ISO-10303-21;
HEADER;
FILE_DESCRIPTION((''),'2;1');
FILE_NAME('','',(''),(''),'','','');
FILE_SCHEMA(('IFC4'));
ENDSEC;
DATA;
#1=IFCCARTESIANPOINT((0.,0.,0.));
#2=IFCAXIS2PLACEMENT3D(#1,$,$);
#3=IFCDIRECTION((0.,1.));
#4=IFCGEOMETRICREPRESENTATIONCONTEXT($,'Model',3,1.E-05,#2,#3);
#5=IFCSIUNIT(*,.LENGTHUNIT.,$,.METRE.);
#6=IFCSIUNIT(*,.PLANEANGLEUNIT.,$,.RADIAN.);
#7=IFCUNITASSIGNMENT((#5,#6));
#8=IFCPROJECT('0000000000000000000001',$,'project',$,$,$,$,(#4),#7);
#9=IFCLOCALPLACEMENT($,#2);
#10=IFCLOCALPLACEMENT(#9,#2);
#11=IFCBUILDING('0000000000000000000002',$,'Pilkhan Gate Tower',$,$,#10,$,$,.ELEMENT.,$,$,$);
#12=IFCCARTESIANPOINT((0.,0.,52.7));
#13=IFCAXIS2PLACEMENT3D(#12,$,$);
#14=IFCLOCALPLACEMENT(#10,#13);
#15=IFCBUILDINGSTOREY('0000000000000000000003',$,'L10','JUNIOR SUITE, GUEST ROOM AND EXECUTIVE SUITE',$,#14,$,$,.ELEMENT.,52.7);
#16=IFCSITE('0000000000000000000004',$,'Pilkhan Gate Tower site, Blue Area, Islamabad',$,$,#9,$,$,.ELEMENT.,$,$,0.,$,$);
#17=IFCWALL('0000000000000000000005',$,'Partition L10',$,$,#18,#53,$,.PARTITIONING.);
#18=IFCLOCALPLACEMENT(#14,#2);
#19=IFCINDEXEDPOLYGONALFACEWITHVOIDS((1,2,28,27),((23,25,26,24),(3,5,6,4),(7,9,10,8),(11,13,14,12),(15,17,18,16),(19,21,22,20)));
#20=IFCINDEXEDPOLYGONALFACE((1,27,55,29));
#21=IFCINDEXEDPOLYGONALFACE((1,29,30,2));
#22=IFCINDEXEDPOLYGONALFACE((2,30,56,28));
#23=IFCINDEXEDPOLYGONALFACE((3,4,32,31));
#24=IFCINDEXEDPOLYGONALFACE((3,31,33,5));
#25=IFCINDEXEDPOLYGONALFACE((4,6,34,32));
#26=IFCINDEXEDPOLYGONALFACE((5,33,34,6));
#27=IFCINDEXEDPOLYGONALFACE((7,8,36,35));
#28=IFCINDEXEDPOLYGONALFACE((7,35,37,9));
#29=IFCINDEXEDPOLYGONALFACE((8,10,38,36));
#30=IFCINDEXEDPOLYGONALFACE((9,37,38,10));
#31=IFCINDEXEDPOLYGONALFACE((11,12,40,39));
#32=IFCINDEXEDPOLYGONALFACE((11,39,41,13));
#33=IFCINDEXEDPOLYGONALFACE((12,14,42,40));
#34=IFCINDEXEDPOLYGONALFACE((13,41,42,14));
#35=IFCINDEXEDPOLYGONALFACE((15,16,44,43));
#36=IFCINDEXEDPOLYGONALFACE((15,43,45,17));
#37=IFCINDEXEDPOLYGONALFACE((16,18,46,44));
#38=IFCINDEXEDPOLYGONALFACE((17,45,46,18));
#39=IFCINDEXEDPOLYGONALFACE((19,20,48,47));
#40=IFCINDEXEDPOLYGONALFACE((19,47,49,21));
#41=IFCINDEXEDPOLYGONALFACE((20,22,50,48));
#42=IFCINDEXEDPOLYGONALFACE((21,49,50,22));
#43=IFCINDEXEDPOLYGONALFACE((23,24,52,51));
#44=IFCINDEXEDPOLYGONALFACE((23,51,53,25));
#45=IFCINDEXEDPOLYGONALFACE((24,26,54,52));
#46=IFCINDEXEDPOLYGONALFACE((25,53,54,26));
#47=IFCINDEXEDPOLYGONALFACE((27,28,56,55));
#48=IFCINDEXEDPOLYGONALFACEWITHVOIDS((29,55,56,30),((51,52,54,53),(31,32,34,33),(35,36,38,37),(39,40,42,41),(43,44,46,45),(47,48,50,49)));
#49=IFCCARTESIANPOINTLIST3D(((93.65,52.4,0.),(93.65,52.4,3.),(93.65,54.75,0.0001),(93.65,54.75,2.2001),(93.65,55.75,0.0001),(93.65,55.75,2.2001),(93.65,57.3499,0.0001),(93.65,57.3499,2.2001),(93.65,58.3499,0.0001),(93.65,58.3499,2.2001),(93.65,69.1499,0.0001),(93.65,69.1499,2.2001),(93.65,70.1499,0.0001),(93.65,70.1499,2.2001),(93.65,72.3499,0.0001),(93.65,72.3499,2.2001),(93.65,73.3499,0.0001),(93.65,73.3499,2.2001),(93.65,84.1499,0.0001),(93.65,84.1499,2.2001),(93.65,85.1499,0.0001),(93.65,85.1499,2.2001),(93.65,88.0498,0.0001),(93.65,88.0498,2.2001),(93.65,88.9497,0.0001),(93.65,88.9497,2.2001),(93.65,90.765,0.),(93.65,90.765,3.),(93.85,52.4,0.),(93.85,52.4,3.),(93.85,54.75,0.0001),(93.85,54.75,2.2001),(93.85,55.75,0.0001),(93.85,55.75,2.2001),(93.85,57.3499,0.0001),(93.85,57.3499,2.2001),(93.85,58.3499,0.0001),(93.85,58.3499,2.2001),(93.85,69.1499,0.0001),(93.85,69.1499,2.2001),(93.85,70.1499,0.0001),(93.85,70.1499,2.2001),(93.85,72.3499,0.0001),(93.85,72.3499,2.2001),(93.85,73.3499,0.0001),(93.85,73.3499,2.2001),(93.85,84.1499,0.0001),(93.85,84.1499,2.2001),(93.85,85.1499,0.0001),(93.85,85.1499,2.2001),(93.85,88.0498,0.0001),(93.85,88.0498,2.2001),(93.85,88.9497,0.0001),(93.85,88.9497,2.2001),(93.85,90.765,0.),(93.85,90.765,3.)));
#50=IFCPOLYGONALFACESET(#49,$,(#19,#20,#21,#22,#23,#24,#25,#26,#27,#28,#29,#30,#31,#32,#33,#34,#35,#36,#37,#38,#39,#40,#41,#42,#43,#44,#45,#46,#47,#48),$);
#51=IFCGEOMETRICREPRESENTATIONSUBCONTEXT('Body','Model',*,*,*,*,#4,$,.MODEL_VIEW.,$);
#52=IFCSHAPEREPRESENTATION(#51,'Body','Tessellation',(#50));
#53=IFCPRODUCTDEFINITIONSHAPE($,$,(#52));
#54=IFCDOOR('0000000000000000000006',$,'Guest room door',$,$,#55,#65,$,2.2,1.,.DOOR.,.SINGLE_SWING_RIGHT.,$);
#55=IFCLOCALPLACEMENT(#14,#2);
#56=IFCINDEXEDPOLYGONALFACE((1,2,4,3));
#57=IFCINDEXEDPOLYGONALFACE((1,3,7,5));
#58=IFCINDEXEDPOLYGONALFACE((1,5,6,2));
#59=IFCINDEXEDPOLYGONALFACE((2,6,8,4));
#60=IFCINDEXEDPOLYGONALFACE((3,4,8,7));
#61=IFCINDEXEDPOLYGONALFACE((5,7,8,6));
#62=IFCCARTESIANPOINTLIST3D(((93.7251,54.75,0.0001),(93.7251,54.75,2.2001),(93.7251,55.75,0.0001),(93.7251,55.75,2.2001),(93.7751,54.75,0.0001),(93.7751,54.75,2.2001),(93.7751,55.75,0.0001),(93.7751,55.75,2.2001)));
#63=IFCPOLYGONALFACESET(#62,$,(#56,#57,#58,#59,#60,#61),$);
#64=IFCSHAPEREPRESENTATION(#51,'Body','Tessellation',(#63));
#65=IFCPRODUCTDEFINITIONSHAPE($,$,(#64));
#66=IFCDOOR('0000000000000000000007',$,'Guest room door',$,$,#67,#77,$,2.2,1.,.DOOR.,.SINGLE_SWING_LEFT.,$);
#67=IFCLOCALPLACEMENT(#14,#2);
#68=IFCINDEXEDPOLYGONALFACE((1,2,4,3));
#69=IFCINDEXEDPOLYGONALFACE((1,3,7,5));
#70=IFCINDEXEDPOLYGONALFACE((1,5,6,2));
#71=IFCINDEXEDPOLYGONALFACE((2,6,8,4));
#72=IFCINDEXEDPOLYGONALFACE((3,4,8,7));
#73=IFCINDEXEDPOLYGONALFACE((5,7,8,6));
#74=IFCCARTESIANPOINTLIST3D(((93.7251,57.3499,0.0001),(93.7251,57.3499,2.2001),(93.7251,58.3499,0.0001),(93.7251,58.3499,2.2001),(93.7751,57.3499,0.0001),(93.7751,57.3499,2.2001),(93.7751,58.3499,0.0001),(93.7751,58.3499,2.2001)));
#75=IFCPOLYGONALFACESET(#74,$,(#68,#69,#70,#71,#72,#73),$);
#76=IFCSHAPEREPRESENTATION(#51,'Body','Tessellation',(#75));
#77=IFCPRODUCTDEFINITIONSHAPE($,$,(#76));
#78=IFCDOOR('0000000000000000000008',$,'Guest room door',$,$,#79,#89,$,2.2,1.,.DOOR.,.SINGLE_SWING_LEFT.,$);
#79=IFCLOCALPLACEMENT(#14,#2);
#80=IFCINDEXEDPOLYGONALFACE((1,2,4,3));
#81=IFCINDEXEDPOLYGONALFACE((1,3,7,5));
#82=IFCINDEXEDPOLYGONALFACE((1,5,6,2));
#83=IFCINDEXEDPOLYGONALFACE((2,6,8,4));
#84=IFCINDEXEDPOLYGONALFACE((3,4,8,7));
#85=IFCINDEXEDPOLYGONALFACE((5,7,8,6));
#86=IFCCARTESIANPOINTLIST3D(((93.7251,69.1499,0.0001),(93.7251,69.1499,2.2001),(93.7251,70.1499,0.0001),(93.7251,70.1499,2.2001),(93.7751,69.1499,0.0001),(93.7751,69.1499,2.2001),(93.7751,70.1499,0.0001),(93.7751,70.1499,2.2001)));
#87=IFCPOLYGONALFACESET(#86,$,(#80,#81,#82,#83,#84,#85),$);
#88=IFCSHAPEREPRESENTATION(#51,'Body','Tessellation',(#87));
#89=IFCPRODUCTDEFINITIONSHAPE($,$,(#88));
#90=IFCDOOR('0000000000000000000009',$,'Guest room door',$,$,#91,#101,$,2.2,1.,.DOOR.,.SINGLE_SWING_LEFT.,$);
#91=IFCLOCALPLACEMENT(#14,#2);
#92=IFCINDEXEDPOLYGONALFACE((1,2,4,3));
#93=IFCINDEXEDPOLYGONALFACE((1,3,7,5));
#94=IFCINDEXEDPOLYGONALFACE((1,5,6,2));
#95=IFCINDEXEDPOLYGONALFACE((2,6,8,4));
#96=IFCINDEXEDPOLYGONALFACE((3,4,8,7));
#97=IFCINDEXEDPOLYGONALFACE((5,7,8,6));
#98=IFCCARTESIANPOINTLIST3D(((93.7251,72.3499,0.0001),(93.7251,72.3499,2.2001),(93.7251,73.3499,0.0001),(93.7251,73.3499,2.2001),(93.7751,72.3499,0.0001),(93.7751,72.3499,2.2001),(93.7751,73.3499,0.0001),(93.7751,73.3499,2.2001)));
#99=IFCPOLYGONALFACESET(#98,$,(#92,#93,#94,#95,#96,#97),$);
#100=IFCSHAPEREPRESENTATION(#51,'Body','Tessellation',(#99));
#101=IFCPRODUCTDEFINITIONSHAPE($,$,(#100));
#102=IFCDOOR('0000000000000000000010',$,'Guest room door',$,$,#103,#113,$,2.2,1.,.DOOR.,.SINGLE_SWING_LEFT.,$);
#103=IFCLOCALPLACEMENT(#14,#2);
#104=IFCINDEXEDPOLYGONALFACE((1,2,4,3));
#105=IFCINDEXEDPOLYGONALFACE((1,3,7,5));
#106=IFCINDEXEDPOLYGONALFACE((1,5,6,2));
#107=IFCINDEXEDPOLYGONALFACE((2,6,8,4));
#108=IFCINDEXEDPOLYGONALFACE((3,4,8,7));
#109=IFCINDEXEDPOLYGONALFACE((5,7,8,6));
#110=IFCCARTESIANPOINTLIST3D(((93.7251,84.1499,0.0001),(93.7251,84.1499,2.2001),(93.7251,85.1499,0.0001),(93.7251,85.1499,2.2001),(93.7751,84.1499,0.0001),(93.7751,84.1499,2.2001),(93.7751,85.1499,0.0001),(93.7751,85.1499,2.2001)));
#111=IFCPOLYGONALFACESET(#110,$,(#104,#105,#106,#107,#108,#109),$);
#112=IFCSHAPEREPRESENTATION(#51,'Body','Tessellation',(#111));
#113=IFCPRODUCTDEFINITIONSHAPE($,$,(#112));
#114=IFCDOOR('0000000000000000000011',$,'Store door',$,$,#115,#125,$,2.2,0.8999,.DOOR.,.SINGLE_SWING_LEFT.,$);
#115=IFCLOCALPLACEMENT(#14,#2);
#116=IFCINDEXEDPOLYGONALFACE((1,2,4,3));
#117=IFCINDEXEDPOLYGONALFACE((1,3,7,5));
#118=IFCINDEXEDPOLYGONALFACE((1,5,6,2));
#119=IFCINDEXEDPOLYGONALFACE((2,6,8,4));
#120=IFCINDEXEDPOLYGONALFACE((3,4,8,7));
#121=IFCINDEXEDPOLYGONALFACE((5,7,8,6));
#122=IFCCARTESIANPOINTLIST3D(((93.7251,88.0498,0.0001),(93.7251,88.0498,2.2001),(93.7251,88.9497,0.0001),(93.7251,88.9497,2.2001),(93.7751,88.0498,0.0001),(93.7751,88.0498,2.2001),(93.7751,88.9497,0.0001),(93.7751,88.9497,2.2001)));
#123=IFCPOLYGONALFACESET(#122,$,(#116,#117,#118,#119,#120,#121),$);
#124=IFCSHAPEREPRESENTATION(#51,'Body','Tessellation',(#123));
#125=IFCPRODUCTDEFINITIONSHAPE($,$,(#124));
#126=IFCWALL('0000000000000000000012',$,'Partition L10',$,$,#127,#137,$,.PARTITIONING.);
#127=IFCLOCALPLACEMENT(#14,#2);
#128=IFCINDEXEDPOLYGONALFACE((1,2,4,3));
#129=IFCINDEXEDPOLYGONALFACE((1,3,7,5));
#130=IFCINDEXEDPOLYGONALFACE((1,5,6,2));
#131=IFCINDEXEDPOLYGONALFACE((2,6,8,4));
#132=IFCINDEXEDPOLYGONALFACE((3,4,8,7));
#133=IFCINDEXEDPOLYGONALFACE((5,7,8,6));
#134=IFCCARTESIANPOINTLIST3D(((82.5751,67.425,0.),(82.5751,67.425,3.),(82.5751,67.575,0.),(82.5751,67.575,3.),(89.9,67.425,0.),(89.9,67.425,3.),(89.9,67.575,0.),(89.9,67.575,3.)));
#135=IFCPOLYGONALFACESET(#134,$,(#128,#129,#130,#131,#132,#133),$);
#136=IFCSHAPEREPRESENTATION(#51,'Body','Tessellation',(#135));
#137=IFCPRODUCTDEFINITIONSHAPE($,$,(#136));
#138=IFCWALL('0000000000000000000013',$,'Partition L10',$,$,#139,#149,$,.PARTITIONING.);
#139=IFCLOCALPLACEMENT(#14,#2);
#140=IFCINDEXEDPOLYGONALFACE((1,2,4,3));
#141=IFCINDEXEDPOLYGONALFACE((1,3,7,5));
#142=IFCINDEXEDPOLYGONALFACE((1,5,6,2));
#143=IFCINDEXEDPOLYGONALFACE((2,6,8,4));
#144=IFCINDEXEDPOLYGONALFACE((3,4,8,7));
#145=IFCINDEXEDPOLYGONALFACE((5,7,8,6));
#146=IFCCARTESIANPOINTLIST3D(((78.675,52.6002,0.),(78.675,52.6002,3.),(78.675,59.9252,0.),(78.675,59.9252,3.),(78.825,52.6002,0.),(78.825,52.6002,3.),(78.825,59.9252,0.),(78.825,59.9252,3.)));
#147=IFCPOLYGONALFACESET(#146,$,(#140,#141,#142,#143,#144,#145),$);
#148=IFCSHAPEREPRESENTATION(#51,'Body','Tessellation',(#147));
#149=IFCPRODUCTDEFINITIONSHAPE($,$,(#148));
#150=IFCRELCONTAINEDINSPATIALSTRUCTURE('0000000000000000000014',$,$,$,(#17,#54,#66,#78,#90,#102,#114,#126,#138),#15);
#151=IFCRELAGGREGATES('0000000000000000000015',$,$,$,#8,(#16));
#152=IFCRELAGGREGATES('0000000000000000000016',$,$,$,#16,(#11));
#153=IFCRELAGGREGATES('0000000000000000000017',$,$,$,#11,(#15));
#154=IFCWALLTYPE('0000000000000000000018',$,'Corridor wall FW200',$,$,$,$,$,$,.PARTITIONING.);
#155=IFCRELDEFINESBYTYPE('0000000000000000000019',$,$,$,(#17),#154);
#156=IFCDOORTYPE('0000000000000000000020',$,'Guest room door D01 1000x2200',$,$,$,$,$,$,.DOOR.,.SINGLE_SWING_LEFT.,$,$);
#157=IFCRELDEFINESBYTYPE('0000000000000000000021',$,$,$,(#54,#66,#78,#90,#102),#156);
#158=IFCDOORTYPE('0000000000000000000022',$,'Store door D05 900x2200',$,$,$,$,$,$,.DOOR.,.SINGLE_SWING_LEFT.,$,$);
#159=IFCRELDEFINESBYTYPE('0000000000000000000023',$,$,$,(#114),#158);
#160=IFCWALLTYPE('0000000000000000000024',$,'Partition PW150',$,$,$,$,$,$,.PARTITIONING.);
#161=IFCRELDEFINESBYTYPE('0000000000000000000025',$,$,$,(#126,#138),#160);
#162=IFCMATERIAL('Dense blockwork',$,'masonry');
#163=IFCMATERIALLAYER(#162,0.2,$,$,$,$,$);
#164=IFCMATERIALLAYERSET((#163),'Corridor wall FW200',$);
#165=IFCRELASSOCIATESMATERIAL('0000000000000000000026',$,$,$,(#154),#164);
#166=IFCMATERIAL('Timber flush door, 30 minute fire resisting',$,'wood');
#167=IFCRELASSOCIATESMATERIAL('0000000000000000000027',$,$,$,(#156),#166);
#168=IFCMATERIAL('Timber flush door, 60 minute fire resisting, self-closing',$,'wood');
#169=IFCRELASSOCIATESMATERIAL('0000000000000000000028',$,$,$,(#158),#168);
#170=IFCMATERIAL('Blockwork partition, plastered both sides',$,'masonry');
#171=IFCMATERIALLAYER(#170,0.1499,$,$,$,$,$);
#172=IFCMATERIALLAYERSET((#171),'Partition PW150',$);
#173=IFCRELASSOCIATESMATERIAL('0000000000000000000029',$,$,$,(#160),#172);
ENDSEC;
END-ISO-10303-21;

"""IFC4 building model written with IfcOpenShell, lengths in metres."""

from ifc_helpers import new_model, si_unit, direction, frame, frame_2d, origin, place, context, subcontext, project, spatial, rectangle, extrude, material, layer, layer_set, type_object, element, fill, save


model = new_model("IFC4")

# Units and contexts
model_context = context("Model", 3, precision=1e-05, world=origin(), true_north=direction((0.0, 1.0)))
body_context = subcontext(model_context, "Body", "Model", "MODEL_VIEW")
ifc_project = project(units=[si_unit("LENGTHUNIT", "METRE"), si_unit("PLANEANGLEUNIT", "RADIAN")], contexts=[model_context])

# Site, building, storey
site_placement = place(None, origin())
site = spatial("IfcSite", under=ifc_project, at=site_placement, Name="Pilkhan Gate Tower site, Blue Area, Islamabad", CompositionType="ELEMENT", RefElevation=0.0)
building_placement = place(site_placement, origin())
building = spatial("IfcBuilding", under=site, at=building_placement, Name="Pilkhan Gate Tower", CompositionType="ELEMENT")
storey_placement = place(building_placement, frame((0.0, 0.0, 52.7)))
storey = spatial("IfcBuildingStorey", under=building, at=storey_placement, Name="L10", Description="JUNIOR SUITE, GUEST ROOM AND EXECUTIVE SUITE", CompositionType="ELEMENT", Elevation=52.7)

# Shared definitions
ifc_material_1 = material(Name="Dense blockwork", Category="masonry")
ifc_layer_1 = layer(ifc_material_1, 0.2)
ifc_layer_set_1 = layer_set([ifc_layer_1], Name="Corridor wall FW200")
wall_type_1 = type_object("IfcWallType", Name="Corridor wall FW200", PredefinedType="PARTITIONING", material=ifc_layer_set_1)

# Wall, openings, doors
ifc_material_2 = material(Name="Timber flush door, 30 minute fire resisting", Category="wood")
wall_1_placement = place(storey_placement, frame((93.75, 52.3999, 0.0), z_axis=(0.0, 0.0, 1.0), x_axis=(0.0, 1.0, 0.0)))
wall_1 = element("IfcWall", 1, at=wall_1_placement, inside=storey, type_object=wall_type_1, Name="Partition L10", PredefinedType="PARTITIONING", context=body_context, shape_type="SweptSolid", body=[
    extrude(rectangle(XDim=38.365, YDim=0.2, at=frame_2d((19.1826, 0.0))), origin(), (0.0, 0.0, 1.0), 3.0),
])
opening_1_placement = place(wall_1_placement, frame((2.3501, 0.0, 0.0)))
opening_1 = element("IfcOpeningElement", 2, at=opening_1_placement, cuts=wall_1, PredefinedType="OPENING", context=body_context, shape_type="SweptSolid", body=[
    extrude(rectangle(XDim=1.0, YDim=2.2, at=frame_2d((0.5, 1.1001))), frame((0.0, 0.1099, 0.0), z_axis=(0.0, -1.0, 0.0), x_axis=(1.0, 0.0, 0.0)), (0.0, 0.0, 1.0), 0.22),
])
opening_2_placement = place(wall_1_placement, frame((4.95, 0.0, 0.0)))
opening_2 = element("IfcOpeningElement", 3, at=opening_2_placement, cuts=wall_1, PredefinedType="OPENING", context=body_context, shape_type="SweptSolid", body=[
    extrude(rectangle(XDim=1.0, YDim=2.2, at=frame_2d((0.5, 1.1001))), frame((0.0, 0.1099, 0.0), z_axis=(0.0, -1.0, 0.0), x_axis=(1.0, 0.0, 0.0)), (0.0, 0.0, 1.0), 0.22),
])
opening_3_placement = place(wall_1_placement, frame((16.75, 0.0, 0.0)))
opening_3 = element("IfcOpeningElement", 4, at=opening_3_placement, cuts=wall_1, PredefinedType="OPENING", context=body_context, shape_type="SweptSolid", body=[
    extrude(rectangle(XDim=1.0, YDim=2.2, at=frame_2d((0.5, 1.1001))), frame((0.0, 0.1099, 0.0), z_axis=(0.0, -1.0, 0.0), x_axis=(1.0, 0.0, 0.0)), (0.0, 0.0, 1.0), 0.22),
])
opening_4_placement = place(wall_1_placement, frame((19.95, 0.0, 0.0)))
opening_4 = element("IfcOpeningElement", 5, at=opening_4_placement, cuts=wall_1, PredefinedType="OPENING", context=body_context, shape_type="SweptSolid", body=[
    extrude(rectangle(XDim=1.0, YDim=2.2, at=frame_2d((0.5, 1.1001))), frame((0.0, 0.1099, 0.0), z_axis=(0.0, -1.0, 0.0), x_axis=(1.0, 0.0, 0.0)), (0.0, 0.0, 1.0), 0.22),
])
opening_5_placement = place(wall_1_placement, frame((31.75, 0.0, 0.0)))
opening_5 = element("IfcOpeningElement", 6, at=opening_5_placement, cuts=wall_1, PredefinedType="OPENING", context=body_context, shape_type="SweptSolid", body=[
    extrude(rectangle(XDim=1.0, YDim=2.2, at=frame_2d((0.5, 1.1001))), frame((0.0, 0.1099, 0.0), z_axis=(0.0, -1.0, 0.0), x_axis=(1.0, 0.0, 0.0)), (0.0, 0.0, 1.0), 0.22),
])
opening_6_placement = place(wall_1_placement, frame((35.6499, 0.0, 0.0)))
opening_6 = element("IfcOpeningElement", 7, at=opening_6_placement, cuts=wall_1, PredefinedType="OPENING", context=body_context, shape_type="SweptSolid", body=[
    extrude(rectangle(XDim=0.8999, YDim=2.2, at=frame_2d((0.45, 1.1001))), frame((0.0, 0.1099, 0.0), z_axis=(0.0, -1.0, 0.0), x_axis=(1.0, 0.0, 0.0)), (0.0, 0.0, 1.0), 0.22),
])
door_type_1 = type_object("IfcDoorType", Name="Guest room door D01 1000x2200", OperationType="SINGLE_SWING_LEFT", PredefinedType="DOOR", material=ifc_material_2)
door_1_placement = place(opening_1_placement, origin())
door_1 = element("IfcDoor", 8, at=door_1_placement, inside=storey, type_object=door_type_1, Name="Guest room door", OperationType="SINGLE_SWING_RIGHT", OverallHeight=2.2, OverallWidth=1.0, PredefinedType="DOOR", context=body_context, shape_type="SweptSolid", body=[
    extrude(rectangle(XDim=1.0, YDim=2.2, at=frame_2d((0.5, 1.1001))), frame((0.0, 0.0249, 0.0), z_axis=(0.0, -1.0, 0.0), x_axis=(1.0, 0.0, 0.0)), (0.0, 0.0, 1.0), 0.05),
])
fill(opening_1, door_1)
door_2_placement = place(opening_2_placement, origin())
door_2 = element("IfcDoor", 9, at=door_2_placement, inside=storey, type_object=door_type_1, Name="Guest room door", OperationType="SINGLE_SWING_LEFT", OverallHeight=2.2, OverallWidth=1.0, PredefinedType="DOOR", context=body_context, shape_type="SweptSolid", body=[
    extrude(rectangle(XDim=1.0, YDim=2.2, at=frame_2d((0.5, 1.1001))), frame((0.0, 0.0249, 0.0), z_axis=(0.0, -1.0, 0.0), x_axis=(1.0, 0.0, 0.0)), (0.0, 0.0, 1.0), 0.05),
])
fill(opening_2, door_2)
door_3_placement = place(opening_3_placement, origin())
door_3 = element("IfcDoor", 10, at=door_3_placement, inside=storey, type_object=door_type_1, Name="Guest room door", OperationType="SINGLE_SWING_LEFT", OverallHeight=2.2, OverallWidth=1.0, PredefinedType="DOOR", context=body_context, shape_type="SweptSolid", body=[
    extrude(rectangle(XDim=1.0, YDim=2.2, at=frame_2d((0.5, 1.1001))), frame((0.0, 0.0249, 0.0), z_axis=(0.0, -1.0, 0.0), x_axis=(1.0, 0.0, 0.0)), (0.0, 0.0, 1.0), 0.05),
])
fill(opening_3, door_3)
door_4_placement = place(opening_4_placement, origin())
door_4 = element("IfcDoor", 11, at=door_4_placement, inside=storey, type_object=door_type_1, Name="Guest room door", OperationType="SINGLE_SWING_LEFT", OverallHeight=2.2, OverallWidth=1.0, PredefinedType="DOOR", context=body_context, shape_type="SweptSolid", body=[
    extrude(rectangle(XDim=1.0, YDim=2.2, at=frame_2d((0.5, 1.1001))), frame((0.0, 0.0249, 0.0), z_axis=(0.0, -1.0, 0.0), x_axis=(1.0, 0.0, 0.0)), (0.0, 0.0, 1.0), 0.05),
])
fill(opening_4, door_4)
door_5_placement = place(opening_5_placement, origin())
door_5 = element("IfcDoor", 12, at=door_5_placement, inside=storey, type_object=door_type_1, Name="Guest room door", OperationType="SINGLE_SWING_LEFT", OverallHeight=2.2, OverallWidth=1.0, PredefinedType="DOOR", context=body_context, shape_type="SweptSolid", body=[
    extrude(rectangle(XDim=1.0, YDim=2.2, at=frame_2d((0.5, 1.1001))), frame((0.0, 0.0249, 0.0), z_axis=(0.0, -1.0, 0.0), x_axis=(1.0, 0.0, 0.0)), (0.0, 0.0, 1.0), 0.05),
])
fill(opening_5, door_5)
ifc_material_3 = material(Name="Timber flush door, 60 minute fire resisting, self-closing", Category="wood")
door_type_2 = type_object("IfcDoorType", Name="Store door D05 900x2200", OperationType="SINGLE_SWING_LEFT", PredefinedType="DOOR", material=ifc_material_3)
door_6_placement = place(opening_6_placement, origin())
door_6 = element("IfcDoor", 13, at=door_6_placement, inside=storey, type_object=door_type_2, Name="Store door", OperationType="SINGLE_SWING_LEFT", OverallHeight=2.2, OverallWidth=0.8999, PredefinedType="DOOR", context=body_context, shape_type="SweptSolid", body=[
    extrude(rectangle(XDim=0.8999, YDim=2.2, at=frame_2d((0.45, 1.1001))), frame((0.0, 0.0249, 0.0), z_axis=(0.0, -1.0, 0.0), x_axis=(1.0, 0.0, 0.0)), (0.0, 0.0, 1.0), 0.05),
])
fill(opening_6, door_6)

# Walls
ifc_material_4 = material(Name="Blockwork partition, plastered both sides", Category="masonry")
ifc_layer_2 = layer(ifc_material_4, 0.1499)
ifc_layer_set_2 = layer_set([ifc_layer_2], Name="Partition PW150")
wall_type_2 = type_object("IfcWallType", Name="Partition PW150", PredefinedType="PARTITIONING", material=ifc_layer_set_2)
for number, where, z_axis, x_axis, name in (
    (14, (82.575, 67.5, 0.0), (0.0, 0.0, 1.0), (1.0, 0.0, 0.0), "Partition L10"),
    (15, (78.75, 52.6001, 0.0), (0.0, 0.0, 1.0), (0.0, 1.0, 0.0), "Partition L10"),
):
    element("IfcWall", number, at=place(storey_placement, frame(where, z_axis=z_axis, x_axis=x_axis)), inside=storey, type_object=wall_type_2, Name=name, PredefinedType="PARTITIONING", context=body_context, shape_type="SweptSolid", body=[
        extrude(rectangle(XDim=7.325, YDim=0.1499, at=frame_2d((3.6626, 0.0))), origin(), (0.0, 0.0, 1.0), 3.0),
    ])

save(model, "model.ifc")
